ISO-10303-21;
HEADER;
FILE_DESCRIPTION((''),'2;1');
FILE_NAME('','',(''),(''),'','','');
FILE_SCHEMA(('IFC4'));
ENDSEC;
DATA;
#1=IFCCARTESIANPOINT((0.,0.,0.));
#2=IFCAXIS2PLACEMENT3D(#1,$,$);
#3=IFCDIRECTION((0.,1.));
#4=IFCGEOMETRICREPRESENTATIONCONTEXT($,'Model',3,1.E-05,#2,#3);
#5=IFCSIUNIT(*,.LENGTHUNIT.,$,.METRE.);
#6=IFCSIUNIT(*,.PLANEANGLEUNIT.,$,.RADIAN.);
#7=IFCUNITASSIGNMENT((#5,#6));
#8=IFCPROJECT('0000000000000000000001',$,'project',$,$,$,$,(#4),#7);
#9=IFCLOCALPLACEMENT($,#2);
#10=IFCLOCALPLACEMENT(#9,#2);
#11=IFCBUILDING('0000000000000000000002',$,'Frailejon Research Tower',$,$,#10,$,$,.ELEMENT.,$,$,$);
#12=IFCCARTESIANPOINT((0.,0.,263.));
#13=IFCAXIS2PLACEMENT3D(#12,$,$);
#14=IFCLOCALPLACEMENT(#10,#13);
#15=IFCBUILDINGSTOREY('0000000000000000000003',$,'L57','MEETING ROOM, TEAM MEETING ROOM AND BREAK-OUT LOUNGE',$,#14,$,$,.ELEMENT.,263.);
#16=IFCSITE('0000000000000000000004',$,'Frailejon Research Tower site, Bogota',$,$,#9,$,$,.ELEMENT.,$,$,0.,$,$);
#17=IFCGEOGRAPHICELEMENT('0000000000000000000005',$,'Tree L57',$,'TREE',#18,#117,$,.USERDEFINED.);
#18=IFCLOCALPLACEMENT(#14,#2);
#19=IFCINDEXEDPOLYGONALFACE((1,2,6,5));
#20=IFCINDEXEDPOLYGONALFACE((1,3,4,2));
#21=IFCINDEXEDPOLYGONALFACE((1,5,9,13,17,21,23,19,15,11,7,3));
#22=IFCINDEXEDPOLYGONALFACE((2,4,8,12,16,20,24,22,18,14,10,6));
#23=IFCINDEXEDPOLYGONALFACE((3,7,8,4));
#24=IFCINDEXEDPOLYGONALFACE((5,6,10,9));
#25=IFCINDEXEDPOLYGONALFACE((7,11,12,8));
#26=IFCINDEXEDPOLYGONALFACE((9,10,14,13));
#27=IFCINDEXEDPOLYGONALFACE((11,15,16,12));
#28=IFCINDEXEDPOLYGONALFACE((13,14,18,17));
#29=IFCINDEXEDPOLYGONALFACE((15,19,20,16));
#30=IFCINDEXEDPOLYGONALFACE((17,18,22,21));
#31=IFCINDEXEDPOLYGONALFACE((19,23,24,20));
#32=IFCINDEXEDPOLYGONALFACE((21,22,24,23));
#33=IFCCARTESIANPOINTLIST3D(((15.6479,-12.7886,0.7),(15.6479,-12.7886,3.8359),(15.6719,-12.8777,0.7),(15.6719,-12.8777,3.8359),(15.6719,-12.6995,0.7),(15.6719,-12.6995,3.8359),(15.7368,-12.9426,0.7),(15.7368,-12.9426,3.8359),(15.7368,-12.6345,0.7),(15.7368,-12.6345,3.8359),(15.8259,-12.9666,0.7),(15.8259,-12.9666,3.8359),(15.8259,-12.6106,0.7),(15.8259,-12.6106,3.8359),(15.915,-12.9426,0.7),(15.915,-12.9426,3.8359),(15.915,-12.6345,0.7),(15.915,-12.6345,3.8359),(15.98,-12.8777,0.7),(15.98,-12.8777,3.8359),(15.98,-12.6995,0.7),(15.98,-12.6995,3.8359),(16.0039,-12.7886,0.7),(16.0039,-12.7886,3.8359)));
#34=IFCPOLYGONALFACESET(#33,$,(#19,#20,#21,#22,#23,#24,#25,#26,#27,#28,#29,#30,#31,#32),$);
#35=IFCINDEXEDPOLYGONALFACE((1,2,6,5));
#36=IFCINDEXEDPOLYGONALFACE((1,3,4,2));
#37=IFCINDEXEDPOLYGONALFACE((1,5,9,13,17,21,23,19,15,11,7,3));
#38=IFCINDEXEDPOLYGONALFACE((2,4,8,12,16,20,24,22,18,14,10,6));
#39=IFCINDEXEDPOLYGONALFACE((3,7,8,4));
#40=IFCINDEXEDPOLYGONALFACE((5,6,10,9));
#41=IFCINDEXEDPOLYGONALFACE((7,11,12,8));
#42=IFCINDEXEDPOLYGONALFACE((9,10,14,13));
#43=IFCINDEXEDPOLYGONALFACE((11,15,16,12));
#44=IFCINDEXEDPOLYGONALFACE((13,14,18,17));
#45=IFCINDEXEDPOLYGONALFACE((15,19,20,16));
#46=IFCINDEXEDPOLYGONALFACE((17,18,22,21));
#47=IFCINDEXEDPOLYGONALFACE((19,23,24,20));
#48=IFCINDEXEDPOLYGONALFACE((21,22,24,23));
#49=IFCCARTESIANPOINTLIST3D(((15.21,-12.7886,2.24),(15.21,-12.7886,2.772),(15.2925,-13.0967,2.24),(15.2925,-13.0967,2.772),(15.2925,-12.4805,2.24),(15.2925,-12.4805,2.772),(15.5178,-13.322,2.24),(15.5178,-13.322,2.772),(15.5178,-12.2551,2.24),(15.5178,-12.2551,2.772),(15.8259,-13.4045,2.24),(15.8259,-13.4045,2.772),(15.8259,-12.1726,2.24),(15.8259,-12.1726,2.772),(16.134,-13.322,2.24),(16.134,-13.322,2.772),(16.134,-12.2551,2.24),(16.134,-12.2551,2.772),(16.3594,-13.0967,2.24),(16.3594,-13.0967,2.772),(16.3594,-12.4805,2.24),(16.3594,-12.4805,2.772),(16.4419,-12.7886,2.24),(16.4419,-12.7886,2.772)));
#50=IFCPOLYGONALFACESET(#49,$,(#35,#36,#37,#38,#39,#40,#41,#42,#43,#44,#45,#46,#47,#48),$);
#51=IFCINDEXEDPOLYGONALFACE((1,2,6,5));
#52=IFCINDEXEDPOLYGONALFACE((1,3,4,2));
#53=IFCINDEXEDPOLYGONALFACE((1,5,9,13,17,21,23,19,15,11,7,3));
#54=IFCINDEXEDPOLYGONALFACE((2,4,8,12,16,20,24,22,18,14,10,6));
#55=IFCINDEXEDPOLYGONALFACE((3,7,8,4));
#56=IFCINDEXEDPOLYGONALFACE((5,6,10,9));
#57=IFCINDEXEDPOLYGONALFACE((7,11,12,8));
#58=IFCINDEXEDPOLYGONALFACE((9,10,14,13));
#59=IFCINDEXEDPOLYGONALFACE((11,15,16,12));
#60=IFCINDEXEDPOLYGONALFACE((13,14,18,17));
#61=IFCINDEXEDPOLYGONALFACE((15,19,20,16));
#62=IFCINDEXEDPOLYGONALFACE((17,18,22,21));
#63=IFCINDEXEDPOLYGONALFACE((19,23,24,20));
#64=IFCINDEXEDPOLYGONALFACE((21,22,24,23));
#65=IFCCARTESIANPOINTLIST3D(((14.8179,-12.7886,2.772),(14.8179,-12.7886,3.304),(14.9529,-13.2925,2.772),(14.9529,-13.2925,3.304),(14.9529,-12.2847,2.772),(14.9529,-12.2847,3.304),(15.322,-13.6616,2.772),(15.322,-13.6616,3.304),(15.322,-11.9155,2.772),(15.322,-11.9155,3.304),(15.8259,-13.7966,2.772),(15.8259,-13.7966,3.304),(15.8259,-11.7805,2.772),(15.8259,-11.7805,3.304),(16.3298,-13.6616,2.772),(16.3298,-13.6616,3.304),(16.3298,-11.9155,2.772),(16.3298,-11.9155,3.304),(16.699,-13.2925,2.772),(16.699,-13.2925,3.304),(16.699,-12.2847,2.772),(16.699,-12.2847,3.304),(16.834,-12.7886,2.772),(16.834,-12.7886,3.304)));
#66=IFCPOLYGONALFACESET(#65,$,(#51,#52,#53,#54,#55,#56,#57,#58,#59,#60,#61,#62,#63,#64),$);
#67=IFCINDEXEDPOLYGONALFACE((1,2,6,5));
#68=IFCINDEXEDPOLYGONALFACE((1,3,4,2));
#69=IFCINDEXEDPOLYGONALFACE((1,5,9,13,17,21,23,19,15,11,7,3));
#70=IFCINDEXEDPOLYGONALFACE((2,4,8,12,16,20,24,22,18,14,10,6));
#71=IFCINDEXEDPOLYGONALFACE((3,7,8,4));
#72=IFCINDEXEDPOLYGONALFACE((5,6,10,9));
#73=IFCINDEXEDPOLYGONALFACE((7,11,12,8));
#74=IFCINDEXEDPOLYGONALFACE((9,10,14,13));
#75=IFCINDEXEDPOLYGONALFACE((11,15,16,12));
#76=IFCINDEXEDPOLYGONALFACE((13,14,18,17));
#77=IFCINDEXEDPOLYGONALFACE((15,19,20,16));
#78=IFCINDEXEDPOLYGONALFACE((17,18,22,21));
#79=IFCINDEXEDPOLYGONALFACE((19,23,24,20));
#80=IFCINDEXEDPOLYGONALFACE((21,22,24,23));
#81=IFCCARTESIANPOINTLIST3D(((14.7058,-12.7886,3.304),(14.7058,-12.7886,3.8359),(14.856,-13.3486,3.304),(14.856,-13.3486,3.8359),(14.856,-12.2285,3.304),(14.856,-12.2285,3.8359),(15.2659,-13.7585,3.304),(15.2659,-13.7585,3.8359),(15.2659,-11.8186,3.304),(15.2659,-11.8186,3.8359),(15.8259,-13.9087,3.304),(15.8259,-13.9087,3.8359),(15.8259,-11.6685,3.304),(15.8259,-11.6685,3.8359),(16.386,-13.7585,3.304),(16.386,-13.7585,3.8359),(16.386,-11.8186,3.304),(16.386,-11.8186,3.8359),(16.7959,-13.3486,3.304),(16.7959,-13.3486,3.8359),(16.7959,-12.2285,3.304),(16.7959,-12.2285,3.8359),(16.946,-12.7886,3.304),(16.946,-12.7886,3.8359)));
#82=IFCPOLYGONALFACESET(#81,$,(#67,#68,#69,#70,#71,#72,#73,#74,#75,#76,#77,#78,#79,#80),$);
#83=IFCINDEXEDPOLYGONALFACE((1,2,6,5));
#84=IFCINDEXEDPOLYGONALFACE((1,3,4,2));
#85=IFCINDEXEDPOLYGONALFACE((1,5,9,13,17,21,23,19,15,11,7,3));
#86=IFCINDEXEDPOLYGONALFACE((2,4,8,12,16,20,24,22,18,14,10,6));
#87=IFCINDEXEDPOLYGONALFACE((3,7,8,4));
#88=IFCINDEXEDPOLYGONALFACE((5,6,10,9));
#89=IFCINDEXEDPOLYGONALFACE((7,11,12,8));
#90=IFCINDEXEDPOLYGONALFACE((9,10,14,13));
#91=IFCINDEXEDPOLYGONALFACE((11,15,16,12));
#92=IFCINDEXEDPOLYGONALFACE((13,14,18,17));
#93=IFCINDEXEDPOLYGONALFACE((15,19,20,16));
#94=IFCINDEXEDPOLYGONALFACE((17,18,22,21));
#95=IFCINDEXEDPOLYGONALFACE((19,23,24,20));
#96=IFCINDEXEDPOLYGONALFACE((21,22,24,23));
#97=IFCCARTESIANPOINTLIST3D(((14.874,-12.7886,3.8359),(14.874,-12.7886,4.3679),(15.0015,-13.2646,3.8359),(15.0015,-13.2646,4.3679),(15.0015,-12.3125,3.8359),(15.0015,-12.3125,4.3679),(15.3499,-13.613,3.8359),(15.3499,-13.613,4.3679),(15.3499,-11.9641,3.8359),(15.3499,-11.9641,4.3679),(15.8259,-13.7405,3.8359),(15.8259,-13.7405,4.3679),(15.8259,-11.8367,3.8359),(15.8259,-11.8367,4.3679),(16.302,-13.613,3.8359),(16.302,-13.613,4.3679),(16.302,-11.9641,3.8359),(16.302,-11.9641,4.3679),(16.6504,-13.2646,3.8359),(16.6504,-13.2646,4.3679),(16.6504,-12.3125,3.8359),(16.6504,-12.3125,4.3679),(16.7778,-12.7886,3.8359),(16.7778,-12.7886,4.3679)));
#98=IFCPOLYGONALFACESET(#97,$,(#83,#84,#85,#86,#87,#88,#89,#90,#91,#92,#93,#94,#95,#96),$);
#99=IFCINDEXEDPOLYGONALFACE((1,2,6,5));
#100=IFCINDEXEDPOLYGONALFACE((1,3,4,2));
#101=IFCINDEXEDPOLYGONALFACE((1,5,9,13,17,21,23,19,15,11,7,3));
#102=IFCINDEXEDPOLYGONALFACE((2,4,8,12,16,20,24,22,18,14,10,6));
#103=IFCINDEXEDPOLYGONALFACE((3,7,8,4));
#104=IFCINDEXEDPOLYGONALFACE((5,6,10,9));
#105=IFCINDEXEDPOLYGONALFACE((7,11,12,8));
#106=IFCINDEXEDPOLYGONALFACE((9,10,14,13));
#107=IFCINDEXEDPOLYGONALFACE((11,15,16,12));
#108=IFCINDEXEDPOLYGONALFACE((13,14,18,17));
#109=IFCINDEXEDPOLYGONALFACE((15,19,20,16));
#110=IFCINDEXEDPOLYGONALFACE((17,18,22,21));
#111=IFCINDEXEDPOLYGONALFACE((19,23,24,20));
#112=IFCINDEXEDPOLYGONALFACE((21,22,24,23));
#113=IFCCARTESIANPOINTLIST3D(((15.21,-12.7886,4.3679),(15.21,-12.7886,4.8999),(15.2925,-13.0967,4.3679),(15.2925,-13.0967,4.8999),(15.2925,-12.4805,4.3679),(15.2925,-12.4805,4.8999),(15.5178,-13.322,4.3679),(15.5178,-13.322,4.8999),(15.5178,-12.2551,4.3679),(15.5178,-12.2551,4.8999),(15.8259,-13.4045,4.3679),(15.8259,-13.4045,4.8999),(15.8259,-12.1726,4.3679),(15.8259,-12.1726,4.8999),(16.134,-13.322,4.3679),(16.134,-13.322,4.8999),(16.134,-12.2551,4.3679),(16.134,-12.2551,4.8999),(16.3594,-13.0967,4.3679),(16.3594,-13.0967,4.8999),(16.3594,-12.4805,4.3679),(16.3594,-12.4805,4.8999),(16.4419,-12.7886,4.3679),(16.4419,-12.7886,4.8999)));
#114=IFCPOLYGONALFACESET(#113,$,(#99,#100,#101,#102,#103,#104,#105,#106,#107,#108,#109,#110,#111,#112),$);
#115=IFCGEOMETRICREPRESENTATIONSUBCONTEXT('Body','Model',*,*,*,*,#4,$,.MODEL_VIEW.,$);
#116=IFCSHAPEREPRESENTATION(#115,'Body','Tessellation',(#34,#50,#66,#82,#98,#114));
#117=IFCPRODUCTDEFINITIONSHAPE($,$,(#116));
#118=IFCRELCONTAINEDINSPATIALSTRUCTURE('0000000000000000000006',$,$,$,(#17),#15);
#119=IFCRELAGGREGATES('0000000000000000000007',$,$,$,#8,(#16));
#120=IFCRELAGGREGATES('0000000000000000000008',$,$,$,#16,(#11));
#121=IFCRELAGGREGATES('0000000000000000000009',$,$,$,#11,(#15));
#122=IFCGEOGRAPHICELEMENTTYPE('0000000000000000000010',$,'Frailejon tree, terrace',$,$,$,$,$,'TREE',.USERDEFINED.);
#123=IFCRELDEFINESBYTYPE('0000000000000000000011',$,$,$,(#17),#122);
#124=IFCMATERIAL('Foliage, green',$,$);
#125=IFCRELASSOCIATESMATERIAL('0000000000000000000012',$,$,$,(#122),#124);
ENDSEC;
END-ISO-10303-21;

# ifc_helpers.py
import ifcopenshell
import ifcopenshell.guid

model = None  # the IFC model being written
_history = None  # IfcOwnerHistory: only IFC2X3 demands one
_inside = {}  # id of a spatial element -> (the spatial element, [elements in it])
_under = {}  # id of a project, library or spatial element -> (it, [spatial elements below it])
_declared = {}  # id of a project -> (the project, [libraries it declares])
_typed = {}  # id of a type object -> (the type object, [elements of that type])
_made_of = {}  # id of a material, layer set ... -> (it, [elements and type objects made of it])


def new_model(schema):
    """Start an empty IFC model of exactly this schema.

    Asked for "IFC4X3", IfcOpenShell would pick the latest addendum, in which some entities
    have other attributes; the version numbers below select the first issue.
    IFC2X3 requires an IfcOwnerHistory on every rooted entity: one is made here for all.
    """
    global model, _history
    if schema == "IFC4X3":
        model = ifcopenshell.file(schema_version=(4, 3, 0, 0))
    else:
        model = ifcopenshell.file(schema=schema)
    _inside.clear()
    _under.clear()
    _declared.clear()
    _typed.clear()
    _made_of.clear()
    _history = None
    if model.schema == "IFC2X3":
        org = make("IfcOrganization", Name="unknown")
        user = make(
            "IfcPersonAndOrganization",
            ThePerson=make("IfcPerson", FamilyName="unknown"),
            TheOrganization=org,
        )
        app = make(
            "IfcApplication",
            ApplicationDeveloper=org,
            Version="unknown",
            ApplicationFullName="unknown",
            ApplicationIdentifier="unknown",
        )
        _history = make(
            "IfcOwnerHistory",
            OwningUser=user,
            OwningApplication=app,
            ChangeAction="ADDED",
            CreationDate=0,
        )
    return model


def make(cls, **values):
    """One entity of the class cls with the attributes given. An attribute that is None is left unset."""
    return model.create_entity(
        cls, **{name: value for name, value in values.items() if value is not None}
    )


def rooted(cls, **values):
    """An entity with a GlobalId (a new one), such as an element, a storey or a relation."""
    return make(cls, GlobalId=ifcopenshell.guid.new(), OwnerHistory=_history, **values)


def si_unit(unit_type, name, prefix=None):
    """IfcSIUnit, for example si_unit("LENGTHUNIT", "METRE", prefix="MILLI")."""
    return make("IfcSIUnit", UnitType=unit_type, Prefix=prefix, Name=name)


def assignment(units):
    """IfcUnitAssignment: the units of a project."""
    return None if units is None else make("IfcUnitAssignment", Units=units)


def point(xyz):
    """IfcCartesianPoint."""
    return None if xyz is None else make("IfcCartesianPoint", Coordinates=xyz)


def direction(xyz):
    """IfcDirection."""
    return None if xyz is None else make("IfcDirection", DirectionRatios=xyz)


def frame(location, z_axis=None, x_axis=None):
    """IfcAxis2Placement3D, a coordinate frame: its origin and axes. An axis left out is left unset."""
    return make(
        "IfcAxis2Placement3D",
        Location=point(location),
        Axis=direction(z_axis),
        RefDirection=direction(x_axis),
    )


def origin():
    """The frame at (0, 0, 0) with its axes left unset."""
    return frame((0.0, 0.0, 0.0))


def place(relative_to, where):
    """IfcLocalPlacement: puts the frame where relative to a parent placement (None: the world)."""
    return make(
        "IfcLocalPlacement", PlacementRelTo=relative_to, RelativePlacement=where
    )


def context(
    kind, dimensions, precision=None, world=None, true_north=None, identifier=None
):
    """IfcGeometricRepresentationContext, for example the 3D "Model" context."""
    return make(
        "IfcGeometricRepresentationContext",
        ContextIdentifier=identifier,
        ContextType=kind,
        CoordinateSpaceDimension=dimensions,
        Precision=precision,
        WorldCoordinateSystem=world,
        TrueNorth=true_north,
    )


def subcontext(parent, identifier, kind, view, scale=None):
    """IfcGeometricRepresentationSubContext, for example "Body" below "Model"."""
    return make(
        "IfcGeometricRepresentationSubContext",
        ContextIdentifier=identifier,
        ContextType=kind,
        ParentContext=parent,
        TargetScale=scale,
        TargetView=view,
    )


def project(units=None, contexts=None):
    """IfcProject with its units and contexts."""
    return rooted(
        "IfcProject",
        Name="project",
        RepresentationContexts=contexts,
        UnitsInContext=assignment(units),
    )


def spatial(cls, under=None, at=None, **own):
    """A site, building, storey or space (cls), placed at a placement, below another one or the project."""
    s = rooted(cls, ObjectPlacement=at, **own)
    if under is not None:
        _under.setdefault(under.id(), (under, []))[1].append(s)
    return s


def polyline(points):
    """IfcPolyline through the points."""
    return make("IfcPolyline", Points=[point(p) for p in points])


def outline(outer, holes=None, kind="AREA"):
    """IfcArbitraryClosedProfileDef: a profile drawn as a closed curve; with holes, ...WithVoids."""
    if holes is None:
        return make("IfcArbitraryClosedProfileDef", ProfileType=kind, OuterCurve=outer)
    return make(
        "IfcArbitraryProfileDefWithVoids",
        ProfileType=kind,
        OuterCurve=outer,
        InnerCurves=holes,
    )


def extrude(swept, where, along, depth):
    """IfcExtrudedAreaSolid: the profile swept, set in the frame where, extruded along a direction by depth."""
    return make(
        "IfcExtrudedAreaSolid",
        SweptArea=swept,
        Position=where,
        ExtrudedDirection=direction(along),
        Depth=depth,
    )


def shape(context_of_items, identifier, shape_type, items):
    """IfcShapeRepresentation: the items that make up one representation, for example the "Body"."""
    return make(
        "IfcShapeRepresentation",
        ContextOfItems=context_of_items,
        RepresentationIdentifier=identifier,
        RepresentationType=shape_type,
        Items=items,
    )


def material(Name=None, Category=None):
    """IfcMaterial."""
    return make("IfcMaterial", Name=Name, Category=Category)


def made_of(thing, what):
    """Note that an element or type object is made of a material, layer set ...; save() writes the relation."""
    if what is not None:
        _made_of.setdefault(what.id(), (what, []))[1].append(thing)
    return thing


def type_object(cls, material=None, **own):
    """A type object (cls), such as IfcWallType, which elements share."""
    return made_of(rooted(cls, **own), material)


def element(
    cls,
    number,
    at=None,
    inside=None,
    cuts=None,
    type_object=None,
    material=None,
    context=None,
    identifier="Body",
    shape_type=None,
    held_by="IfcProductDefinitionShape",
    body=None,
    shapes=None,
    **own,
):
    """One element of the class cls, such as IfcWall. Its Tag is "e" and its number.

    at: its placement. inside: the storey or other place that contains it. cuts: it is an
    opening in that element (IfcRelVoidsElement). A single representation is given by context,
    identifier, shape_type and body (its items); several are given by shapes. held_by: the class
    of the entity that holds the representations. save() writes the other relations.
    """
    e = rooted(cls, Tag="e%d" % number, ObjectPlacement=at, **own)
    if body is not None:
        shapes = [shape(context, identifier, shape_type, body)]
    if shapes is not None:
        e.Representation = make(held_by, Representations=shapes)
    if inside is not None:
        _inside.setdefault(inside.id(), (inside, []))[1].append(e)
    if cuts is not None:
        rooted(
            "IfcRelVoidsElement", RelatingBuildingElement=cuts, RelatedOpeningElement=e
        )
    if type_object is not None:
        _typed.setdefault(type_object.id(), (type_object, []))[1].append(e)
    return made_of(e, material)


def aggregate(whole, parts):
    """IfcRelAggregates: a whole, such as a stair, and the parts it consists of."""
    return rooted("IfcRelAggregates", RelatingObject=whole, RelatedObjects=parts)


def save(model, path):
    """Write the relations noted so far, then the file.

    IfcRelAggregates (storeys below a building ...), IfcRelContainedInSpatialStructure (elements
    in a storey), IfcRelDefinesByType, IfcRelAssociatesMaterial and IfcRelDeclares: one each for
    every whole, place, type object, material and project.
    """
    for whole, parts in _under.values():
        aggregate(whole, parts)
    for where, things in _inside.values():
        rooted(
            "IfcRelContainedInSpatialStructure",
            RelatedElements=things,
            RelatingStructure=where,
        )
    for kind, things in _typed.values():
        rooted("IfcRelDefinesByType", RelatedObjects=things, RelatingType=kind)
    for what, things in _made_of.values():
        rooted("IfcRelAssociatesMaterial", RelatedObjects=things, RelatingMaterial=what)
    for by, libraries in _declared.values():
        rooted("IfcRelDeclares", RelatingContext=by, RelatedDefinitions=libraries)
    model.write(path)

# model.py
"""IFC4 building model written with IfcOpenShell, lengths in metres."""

from ifc_helpers import new_model, si_unit, direction, frame, origin, place, context, subcontext, project, spatial, polyline, outline, extrude, material, type_object, element, save


model = new_model("IFC4")

# Units and contexts
model_context = context("Model", 3, precision=1e-05, world=origin(), true_north=direction((0.0, 1.0)))
body_context = subcontext(model_context, "Body", "Model", "MODEL_VIEW")
ifc_project = project(units=[si_unit("LENGTHUNIT", "METRE"), si_unit("PLANEANGLEUNIT", "RADIAN")], contexts=[model_context])

# Site, building, storey
site_placement = place(None, origin())
site = spatial("IfcSite", under=ifc_project, at=site_placement, Name="Frailejon Research Tower site, Bogota", CompositionType="ELEMENT", RefElevation=0.0)
building_placement = place(site_placement, origin())
building = spatial("IfcBuilding", under=site, at=building_placement, Name="Frailejon Research Tower", CompositionType="ELEMENT")
storey_placement = place(building_placement, frame((0.0, 0.0, 263.0)))
storey = spatial("IfcBuildingStorey", under=building, at=storey_placement, Name="L57", Description="MEETING ROOM, TEAM MEETING ROOM AND BREAK-OUT LOUNGE", CompositionType="ELEMENT", Elevation=263.0)

# Geographic element
ifc_material_1 = material(Name="Foliage, green")
geographic_element_type = type_object("IfcGeographicElementType", Name="Frailejon tree, terrace", ElementType="TREE", PredefinedType="USERDEFINED", material=ifc_material_1)
geographic_element_placement = place(storey_placement, frame((15.8259, -12.7886, 0.7)))
element("IfcGeographicElement", 1, at=geographic_element_placement, inside=storey, type_object=geographic_element_type, Name="Tree L57", ObjectType="TREE", PredefinedType="USERDEFINED", context=body_context, shape_type="SweptSolid", body=[
    extrude(outline(polyline([(0.178, 0.0), (0.1541, 0.0891), (0.0891, 0.1541), (0.0, 0.178), (-0.0891, 0.1541), (-0.1541, 0.0891), (-0.178, 0.0), (-0.1541, -0.0891), (-0.0891, -0.1541), (0.0, -0.178), (0.0891, -0.1541), (0.1541, -0.0891), (0.178, 0.0)])), origin(), (0.0, 0.0, 1.0), 3.136),
    extrude(outline(polyline([(0.616, 0.0), (0.5334, 0.3081), (0.3081, 0.5334), (0.0, 0.616), (-0.3081, 0.5334), (-0.5334, 0.3081), (-0.616, 0.0), (-0.5334, -0.3081), (-0.3081, -0.5334), (0.0, -0.616), (0.3081, -0.5334), (0.5334, -0.3081), (0.616, 0.0)])), frame((0.0, 0.0, 1.54)), (0.0, 0.0, 1.0), 0.532),
    extrude(outline(polyline([(1.0081, 0.0), (0.873, 0.5039), (0.5039, 0.873), (0.0, 1.0081), (-0.5039, 0.873), (-0.873, 0.5039), (-1.0081, 0.0), (-0.873, -0.5039), (-0.5039, -0.873), (0.0, -1.0081), (0.5039, -0.873), (0.873, -0.5039), (1.0081, 0.0)])), frame((0.0, 0.0, 2.072)), (0.0, 0.0, 1.0), 0.532),
    extrude(outline(polyline([(1.1201, 0.0), (0.97, 0.5601), (0.5601, 0.97), (0.0, 1.1201), (-0.5601, 0.97), (-0.97, 0.5601), (-1.1201, 0.0), (-0.97, -0.5601), (-0.5601, -0.97), (0.0, -1.1201), (0.5601, -0.97), (0.97, -0.5601), (1.1201, 0.0)])), frame((0.0, 0.0, 2.604)), (0.0, 0.0, 1.0), 0.532),
    extrude(outline(polyline([(0.9519, 0.0), (0.8245, 0.4761), (0.4761, 0.8245), (0.0, 0.9519), (-0.4761, 0.8245), (-0.8245, 0.4761), (-0.9519, 0.0), (-0.8245, -0.4761), (-0.4761, -0.8245), (0.0, -0.9519), (0.4761, -0.8245), (0.8245, -0.4761), (0.9519, 0.0)])), frame((0.0, 0.0, 3.136)), (0.0, 0.0, 1.0), 0.532),
    extrude(outline(polyline([(0.616, 0.0), (0.5334, 0.3081), (0.3081, 0.5334), (0.0, 0.616), (-0.3081, 0.5334), (-0.5334, 0.3081), (-0.616, 0.0), (-0.5334, -0.3081), (-0.3081, -0.5334), (0.0, -0.616), (0.3081, -0.5334), (0.5334, -0.3081), (0.616, 0.0)])), frame((0.0, 0.0, 3.668)), (0.0, 0.0, 1.0), 0.532),
])

save(model, "model.ifc")
